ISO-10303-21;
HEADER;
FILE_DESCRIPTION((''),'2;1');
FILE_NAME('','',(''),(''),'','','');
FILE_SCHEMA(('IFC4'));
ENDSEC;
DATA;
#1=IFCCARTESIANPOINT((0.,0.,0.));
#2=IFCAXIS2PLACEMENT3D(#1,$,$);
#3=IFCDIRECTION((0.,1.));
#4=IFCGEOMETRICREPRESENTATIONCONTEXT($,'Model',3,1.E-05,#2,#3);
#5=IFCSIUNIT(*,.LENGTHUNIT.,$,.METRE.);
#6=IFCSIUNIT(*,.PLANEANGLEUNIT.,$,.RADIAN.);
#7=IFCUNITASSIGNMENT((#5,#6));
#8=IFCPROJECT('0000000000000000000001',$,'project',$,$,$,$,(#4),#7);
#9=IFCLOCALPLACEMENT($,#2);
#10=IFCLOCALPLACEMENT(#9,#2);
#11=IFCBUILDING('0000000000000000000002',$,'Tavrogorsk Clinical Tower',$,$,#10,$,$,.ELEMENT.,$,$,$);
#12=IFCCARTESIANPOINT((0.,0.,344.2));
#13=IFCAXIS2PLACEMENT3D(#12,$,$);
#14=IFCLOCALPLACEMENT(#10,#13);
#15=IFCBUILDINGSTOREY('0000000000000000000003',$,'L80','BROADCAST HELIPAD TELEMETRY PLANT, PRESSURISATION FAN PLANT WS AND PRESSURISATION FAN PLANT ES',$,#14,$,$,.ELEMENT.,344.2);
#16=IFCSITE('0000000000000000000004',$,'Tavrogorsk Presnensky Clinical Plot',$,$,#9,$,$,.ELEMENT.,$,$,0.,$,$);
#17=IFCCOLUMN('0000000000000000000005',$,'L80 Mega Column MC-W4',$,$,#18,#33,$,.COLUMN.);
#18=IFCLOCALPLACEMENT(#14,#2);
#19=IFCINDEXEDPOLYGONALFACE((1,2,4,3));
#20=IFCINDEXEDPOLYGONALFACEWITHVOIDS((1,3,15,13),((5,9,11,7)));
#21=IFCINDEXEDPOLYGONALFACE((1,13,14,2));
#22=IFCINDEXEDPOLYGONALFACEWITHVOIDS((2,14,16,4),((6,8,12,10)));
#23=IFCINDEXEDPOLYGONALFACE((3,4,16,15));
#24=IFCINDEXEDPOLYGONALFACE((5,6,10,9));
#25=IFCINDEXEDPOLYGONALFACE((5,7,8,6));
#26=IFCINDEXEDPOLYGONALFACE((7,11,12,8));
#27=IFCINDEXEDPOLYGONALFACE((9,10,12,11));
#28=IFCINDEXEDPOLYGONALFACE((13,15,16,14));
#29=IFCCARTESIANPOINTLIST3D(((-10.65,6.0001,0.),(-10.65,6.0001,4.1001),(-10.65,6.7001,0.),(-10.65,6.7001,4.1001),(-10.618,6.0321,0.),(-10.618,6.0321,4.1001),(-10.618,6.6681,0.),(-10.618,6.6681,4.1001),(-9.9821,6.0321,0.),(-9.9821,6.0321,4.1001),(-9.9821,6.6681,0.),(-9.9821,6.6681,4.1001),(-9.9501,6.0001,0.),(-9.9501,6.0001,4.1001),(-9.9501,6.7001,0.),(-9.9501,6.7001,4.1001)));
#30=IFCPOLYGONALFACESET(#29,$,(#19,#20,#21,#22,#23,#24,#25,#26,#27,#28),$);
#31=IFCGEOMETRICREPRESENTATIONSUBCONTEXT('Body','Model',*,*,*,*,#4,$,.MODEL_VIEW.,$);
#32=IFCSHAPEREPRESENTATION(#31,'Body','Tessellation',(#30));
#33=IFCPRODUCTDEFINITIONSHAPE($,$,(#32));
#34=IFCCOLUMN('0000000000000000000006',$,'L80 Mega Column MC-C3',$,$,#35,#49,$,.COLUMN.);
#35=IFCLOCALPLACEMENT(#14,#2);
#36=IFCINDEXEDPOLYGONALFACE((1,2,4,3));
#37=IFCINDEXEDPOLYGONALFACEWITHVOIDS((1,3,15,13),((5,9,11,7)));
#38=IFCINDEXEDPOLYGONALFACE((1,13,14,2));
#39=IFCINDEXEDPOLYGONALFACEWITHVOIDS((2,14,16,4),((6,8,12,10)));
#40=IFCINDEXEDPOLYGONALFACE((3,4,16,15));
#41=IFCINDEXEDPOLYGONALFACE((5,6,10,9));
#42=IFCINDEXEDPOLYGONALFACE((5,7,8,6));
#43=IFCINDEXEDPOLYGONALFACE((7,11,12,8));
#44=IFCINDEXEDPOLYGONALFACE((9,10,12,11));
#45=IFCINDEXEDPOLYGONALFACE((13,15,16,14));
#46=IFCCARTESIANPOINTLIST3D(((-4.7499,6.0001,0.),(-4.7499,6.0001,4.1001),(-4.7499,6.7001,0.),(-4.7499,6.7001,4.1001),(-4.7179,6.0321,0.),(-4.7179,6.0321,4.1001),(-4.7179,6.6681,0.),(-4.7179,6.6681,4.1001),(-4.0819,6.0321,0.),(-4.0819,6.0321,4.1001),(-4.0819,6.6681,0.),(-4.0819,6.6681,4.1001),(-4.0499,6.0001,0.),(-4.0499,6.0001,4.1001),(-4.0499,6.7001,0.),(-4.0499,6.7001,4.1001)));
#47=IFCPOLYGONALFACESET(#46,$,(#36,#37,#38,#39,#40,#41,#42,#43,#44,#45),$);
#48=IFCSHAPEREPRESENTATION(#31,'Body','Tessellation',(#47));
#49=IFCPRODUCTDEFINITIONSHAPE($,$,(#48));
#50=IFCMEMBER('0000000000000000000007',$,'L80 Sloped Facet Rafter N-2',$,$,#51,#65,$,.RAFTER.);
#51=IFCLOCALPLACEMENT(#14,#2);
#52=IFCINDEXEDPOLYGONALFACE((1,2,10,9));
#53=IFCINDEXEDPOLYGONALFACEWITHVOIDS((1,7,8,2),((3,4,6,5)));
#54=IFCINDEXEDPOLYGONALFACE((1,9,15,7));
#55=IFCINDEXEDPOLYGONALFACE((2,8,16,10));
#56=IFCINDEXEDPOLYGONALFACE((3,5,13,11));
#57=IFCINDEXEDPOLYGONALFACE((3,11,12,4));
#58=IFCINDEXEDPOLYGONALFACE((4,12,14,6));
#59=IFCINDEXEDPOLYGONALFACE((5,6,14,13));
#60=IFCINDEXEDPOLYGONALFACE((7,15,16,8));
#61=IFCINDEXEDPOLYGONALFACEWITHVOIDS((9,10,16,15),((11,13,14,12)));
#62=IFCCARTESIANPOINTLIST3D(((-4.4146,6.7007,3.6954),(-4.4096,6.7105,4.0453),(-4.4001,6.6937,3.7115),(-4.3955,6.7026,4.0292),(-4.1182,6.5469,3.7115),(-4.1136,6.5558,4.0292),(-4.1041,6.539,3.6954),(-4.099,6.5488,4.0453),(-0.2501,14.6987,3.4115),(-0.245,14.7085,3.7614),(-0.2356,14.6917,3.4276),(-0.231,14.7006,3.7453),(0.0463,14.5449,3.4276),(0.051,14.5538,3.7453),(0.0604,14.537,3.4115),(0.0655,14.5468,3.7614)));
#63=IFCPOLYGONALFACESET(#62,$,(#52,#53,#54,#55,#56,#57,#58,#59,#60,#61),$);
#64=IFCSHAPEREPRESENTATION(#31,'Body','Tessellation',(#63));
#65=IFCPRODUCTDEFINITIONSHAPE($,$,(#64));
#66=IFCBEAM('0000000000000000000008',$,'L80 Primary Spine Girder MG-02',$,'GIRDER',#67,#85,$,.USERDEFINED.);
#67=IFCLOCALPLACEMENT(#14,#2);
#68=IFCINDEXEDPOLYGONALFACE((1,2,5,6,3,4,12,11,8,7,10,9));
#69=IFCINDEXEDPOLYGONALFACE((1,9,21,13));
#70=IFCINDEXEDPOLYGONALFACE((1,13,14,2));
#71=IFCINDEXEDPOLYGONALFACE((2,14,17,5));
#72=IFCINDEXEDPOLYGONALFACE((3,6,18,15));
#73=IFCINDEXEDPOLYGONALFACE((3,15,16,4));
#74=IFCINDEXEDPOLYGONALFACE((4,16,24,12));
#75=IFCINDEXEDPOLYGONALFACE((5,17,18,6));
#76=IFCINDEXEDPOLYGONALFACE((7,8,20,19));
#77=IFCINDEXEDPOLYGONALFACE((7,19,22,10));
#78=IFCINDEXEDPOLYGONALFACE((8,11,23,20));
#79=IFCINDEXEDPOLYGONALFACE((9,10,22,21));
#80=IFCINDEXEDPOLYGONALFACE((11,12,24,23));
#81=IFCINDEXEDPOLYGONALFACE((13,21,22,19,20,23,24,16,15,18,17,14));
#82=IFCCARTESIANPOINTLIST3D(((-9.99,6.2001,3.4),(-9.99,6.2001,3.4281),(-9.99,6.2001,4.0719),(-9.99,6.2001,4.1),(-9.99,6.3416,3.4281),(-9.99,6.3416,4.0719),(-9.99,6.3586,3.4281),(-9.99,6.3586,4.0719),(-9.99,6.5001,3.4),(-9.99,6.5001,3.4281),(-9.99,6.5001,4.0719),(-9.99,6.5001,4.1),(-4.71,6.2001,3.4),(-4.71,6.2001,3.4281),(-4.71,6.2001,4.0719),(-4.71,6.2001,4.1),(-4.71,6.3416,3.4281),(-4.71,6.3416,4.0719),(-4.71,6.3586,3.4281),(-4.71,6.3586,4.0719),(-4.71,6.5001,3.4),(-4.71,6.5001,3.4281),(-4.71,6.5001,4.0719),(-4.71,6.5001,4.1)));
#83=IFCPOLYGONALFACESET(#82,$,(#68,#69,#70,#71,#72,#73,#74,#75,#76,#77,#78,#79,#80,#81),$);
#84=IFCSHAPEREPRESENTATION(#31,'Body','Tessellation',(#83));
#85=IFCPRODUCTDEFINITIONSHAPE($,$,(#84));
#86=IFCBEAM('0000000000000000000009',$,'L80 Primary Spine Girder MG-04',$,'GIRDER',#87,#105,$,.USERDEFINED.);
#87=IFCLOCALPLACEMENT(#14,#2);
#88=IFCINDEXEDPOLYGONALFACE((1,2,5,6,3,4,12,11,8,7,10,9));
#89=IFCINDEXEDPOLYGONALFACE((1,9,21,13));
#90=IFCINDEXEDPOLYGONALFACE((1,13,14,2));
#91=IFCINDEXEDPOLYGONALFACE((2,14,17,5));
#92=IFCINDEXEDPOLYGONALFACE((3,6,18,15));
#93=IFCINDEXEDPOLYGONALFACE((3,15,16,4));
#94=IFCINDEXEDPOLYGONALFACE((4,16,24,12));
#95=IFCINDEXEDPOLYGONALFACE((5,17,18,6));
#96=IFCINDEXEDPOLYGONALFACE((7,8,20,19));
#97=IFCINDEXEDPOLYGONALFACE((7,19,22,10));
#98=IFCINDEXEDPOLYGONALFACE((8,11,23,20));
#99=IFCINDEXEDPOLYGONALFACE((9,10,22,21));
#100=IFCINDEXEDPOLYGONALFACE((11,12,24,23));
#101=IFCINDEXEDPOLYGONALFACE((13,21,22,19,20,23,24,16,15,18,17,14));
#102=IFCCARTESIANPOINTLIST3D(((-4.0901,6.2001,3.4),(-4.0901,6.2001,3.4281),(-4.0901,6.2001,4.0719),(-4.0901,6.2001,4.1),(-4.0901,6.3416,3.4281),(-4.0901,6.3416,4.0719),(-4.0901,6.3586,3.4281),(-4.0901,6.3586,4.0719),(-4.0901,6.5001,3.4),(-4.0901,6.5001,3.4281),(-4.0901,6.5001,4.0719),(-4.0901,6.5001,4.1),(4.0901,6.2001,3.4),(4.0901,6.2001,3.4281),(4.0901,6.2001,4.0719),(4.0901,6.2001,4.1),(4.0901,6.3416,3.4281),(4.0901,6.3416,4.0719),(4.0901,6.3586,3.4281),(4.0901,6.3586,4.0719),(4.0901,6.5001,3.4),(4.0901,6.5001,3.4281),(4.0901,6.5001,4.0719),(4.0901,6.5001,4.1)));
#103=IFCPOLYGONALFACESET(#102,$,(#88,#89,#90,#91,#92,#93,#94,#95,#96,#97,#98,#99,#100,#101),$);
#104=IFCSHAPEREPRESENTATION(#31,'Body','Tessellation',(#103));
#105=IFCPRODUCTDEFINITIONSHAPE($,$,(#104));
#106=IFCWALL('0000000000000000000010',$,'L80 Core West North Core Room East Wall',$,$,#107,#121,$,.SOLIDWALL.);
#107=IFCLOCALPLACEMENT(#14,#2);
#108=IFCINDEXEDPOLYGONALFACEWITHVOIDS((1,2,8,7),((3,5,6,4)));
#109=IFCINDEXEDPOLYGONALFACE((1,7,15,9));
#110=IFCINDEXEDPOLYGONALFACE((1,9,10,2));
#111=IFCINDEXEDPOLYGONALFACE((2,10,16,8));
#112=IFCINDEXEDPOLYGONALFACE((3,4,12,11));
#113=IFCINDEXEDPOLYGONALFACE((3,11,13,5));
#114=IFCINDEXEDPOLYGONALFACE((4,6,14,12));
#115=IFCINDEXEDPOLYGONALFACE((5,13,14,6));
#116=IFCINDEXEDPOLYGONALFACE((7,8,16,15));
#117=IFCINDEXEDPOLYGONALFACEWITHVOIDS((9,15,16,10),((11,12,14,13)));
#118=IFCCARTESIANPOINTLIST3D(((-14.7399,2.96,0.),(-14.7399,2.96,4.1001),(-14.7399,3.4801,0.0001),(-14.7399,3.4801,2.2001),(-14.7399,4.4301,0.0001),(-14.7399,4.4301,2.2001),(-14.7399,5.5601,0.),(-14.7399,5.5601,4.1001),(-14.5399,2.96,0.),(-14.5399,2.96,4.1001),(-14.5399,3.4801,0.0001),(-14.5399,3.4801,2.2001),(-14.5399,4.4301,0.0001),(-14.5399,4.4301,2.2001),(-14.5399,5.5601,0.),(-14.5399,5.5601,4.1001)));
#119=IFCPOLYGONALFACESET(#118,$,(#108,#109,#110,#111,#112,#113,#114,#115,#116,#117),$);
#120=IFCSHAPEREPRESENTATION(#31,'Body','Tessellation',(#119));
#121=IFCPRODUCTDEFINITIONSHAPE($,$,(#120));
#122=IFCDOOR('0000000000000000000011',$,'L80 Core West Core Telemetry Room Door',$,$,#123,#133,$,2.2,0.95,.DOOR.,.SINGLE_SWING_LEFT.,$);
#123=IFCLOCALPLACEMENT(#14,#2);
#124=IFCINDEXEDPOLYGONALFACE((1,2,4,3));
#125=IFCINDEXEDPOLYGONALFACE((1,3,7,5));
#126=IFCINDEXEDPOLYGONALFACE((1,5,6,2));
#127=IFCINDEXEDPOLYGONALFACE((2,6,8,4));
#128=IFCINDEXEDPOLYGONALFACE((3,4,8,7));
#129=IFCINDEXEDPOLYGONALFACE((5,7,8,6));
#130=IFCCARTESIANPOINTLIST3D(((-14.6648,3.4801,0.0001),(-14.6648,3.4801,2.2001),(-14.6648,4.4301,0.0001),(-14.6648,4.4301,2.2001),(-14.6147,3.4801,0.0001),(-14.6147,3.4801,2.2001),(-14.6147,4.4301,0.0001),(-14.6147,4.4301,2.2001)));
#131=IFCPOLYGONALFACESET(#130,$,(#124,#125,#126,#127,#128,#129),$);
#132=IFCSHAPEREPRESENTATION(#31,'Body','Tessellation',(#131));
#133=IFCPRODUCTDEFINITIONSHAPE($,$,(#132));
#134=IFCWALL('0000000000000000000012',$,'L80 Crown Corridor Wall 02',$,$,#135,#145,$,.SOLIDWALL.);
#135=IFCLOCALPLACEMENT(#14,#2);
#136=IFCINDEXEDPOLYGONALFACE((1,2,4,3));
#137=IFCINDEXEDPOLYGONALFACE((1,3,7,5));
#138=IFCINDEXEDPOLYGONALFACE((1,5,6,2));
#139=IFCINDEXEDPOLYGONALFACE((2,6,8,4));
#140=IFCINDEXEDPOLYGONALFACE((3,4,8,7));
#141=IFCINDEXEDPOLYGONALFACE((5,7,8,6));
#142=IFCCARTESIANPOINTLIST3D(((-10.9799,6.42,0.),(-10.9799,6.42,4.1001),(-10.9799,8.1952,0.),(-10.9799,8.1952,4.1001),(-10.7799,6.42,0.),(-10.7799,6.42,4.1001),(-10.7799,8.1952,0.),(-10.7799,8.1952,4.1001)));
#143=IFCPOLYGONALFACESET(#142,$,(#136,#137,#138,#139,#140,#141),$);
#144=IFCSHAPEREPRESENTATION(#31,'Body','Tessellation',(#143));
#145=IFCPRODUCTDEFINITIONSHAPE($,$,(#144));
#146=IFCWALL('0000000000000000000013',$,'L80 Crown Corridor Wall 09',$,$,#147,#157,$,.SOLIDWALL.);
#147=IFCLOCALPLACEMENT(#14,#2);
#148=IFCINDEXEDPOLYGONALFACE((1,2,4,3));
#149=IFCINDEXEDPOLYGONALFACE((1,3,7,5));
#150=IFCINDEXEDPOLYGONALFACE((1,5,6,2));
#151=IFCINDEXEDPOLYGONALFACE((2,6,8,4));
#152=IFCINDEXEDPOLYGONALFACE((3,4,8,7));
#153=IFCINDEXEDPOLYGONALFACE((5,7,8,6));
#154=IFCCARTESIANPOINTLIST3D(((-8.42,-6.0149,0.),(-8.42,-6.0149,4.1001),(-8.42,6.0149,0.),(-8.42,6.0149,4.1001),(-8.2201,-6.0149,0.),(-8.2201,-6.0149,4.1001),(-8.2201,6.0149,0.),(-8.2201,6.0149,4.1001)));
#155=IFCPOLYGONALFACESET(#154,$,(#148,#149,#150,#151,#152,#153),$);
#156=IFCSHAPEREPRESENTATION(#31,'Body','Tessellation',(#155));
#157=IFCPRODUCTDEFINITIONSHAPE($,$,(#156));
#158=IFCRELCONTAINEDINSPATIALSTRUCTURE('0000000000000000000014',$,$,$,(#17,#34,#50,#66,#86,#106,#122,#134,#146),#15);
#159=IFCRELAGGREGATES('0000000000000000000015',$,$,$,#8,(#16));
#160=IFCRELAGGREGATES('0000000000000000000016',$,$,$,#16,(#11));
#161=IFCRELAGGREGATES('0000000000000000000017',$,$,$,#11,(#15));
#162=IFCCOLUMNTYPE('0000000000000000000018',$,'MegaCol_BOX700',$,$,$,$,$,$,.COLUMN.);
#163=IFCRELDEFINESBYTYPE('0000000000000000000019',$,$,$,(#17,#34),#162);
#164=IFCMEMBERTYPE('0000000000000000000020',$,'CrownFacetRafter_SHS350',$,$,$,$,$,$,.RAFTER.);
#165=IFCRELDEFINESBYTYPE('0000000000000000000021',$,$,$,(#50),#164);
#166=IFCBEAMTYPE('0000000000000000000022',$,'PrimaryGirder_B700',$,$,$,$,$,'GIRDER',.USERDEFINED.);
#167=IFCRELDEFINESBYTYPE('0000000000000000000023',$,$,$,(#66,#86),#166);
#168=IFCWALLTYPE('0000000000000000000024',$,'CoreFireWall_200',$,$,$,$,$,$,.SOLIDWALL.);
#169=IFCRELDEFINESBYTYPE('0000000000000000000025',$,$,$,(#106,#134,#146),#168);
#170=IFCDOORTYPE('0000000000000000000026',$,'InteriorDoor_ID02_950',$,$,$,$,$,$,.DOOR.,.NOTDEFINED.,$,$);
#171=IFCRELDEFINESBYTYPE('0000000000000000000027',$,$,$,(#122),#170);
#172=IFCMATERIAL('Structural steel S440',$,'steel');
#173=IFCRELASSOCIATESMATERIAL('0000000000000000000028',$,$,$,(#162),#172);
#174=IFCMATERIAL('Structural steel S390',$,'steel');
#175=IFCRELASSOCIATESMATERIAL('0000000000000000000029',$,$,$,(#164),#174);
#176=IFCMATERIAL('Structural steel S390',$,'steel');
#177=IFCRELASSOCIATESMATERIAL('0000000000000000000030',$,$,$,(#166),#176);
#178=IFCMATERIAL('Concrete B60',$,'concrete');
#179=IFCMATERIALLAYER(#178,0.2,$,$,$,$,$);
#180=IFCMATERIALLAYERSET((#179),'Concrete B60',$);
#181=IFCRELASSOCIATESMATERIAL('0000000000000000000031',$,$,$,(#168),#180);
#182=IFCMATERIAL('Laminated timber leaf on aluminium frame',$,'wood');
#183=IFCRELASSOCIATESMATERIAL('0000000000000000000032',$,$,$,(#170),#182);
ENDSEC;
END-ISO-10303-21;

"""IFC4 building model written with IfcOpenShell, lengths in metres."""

from ifc_helpers import new_model, si_unit, direction, frame, frame_2d, origin, origin_2d, place, context, subcontext, project, spatial, rectangle, hollow_rectangle, i_section, extrude, material, layer, layer_set, material_profile, profile_set, type_object, element, fill, save


model = new_model("IFC4")

# Units and contexts
model_context = context("Model", 3, precision=1e-05, world=origin(), true_north=direction((0.0, 1.0)))
body_context = subcontext(model_context, "Body", "Model", "MODEL_VIEW")
ifc_project = project(units=[si_unit("LENGTHUNIT", "METRE"), si_unit("PLANEANGLEUNIT", "RADIAN")], contexts=[model_context])

# Site, building, storey
site_placement = place(None, origin())
site = spatial("IfcSite", under=ifc_project, at=site_placement, Name="Tavrogorsk Presnensky Clinical Plot", CompositionType="ELEMENT", RefElevation=0.0)
building_placement = place(site_placement, origin())
building = spatial("IfcBuilding", under=site, at=building_placement, Name="Tavrogorsk Clinical Tower", CompositionType="ELEMENT")
storey_placement = place(building_placement, frame((0.0, 0.0, 344.2)))
storey = spatial("IfcBuildingStorey", under=building, at=storey_placement, Name="L80", Description="BROADCAST HELIPAD TELEMETRY PLANT, PRESSURISATION FAN PLANT WS AND PRESSURISATION FAN PLANT ES", CompositionType="ELEMENT", Elevation=344.2)

# Columns
ifc_material_1 = material(Name="Structural steel S440", Category="steel")
ifc_material_profile_1 = material_profile(ifc_material_1, hollow_rectangle(XDim=0.7, YDim=0.7, WallThickness=0.032, at=origin_2d()), Name="BOX-700x700x32")
ifc_profile_set_1 = profile_set([ifc_material_profile_1], Name="Structural steel S440")
column_type = type_object("IfcColumnType", Name="MegaCol_BOX700", PredefinedType="COLUMN", material=ifc_profile_set_1)
for number, where, z_axis, x_axis, name in (
    (1, (-10.3, 6.3501, 0.0), (0.0, 0.0, 1.0), (1.0, 0.0, 0.0), "L80 Mega Column MC-W4"),
    (2, (-4.3999, 6.3501, 0.0), (0.0, 0.0, 1.0), (1.0, 0.0, 0.0), "L80 Mega Column MC-C3"),
):
    element("IfcColumn", number, at=place(storey_placement, frame(where, z_axis=z_axis, x_axis=x_axis)), inside=storey, type_object=column_type, Name=name, PredefinedType="COLUMN", context=body_context, shape_type="SweptSolid", body=[
        extrude(hollow_rectangle(XDim=0.7, YDim=0.7, WallThickness=0.032, at=origin_2d()), origin(), (0.0, 0.0, 1.0), 4.1001),
    ])

# Member
ifc_material_2 = material(Name="Structural steel S390", Category="steel")
ifc_material_profile_2 = material_profile(ifc_material_2, hollow_rectangle(XDim=0.3501, YDim=0.3501, WallThickness=0.0161, at=origin_2d()), Name="SHS-350x350x16")
ifc_profile_set_2 = profile_set([ifc_material_profile_2], Name="Structural steel S390")
member_type = type_object("IfcMemberType", Name="CrownFacetRafter_SHS350", PredefinedType="RAFTER", material=ifc_profile_set_2)
member_placement = place(storey_placement, frame((-4.2568, 6.6248, 3.8704), z_axis=(0.46161, 0.886525, -0.031472), x_axis=(-0.886964, 0.461839, 0.0)))
element("IfcMember", 3, at=member_placement, inside=storey, type_object=member_type, Name="L80 Sloped Facet Rafter N-2", PredefinedType="RAFTER", context=body_context, shape_type="SweptSolid", body=[
    extrude(hollow_rectangle(XDim=0.3501, YDim=0.3501, WallThickness=0.0161, at=origin_2d()), origin(), (0.0, 0.0, 1.0), 9.0217),
])

# Beams
ifc_material_3 = material(Name="Structural steel S390", Category="steel")
ifc_material_profile_3 = material_profile(ifc_material_3, i_section(OverallWidth=0.3, OverallDepth=0.7, WebThickness=0.0171, FlangeThickness=0.0281, at=origin_2d()), Name="B-700x300x17x28")
ifc_profile_set_3 = profile_set([ifc_material_profile_3], Name="Structural steel S390")
beam_type = type_object("IfcBeamType", Name="PrimaryGirder_B700", ElementType="GIRDER", PredefinedType="USERDEFINED", material=ifc_profile_set_3)
beam_1_placement = place(storey_placement, frame((-9.99, 6.3501, 3.75), z_axis=(1.0, 0.0, 0.0), x_axis=(0.0, 1.0, 0.0)))
element("IfcBeam", 4, at=beam_1_placement, inside=storey, type_object=beam_type, Name="L80 Primary Spine Girder MG-02", ObjectType="GIRDER", PredefinedType="USERDEFINED", context=body_context, shape_type="SweptSolid", body=[
    extrude(i_section(OverallWidth=0.3, OverallDepth=0.7, WebThickness=0.0171, FlangeThickness=0.0281, at=origin_2d()), origin(), (0.0, 0.0, 1.0), 5.28),
])
beam_2_placement = place(storey_placement, frame((-4.0901, 6.3501, 3.75), z_axis=(1.0, 0.0, 0.0), x_axis=(0.0, 1.0, 0.0)))
element("IfcBeam", 5, at=beam_2_placement, inside=storey, type_object=beam_type, Name="L80 Primary Spine Girder MG-04", ObjectType="GIRDER", PredefinedType="USERDEFINED", context=body_context, shape_type="SweptSolid", body=[
    extrude(i_section(OverallWidth=0.3, OverallDepth=0.7, WebThickness=0.0171, FlangeThickness=0.0281, at=origin_2d()), origin(), (0.0, 0.0, 1.0), 8.1802),
])

# Wall, opening, door
ifc_material_4 = material(Name="Concrete B60", Category="concrete")
ifc_layer_1 = layer(ifc_material_4, 0.2)
ifc_layer_set_1 = layer_set([ifc_layer_1], Name="Concrete B60")
wall_type_1 = type_object("IfcWallType", Name="CoreFireWall_200", PredefinedType="SOLIDWALL", material=ifc_layer_set_1)
wall_1_placement = place(storey_placement, frame((-14.6399, 2.96, 0.0), z_axis=(0.0, 0.0, 1.0), x_axis=(0.0, 1.0, 0.0)))
wall_1 = element("IfcWall", 6, at=wall_1_placement, inside=storey, type_object=wall_type_1, Name="L80 Core West North Core Room East Wall", PredefinedType="SOLIDWALL", context=body_context, shape_type="SweptSolid", body=[
    extrude(rectangle(XDim=2.6001, YDim=0.2, at=frame_2d((1.3, 0.0))), origin(), (0.0, 0.0, 1.0), 4.1001),
])
opening_1_placement = place(wall_1_placement, frame((0.52, 0.0, 0.0)))
opening_1 = element("IfcOpeningElement", 7, at=opening_1_placement, cuts=wall_1, PredefinedType="OPENING", context=body_context, shape_type="SweptSolid", body=[
    extrude(rectangle(XDim=0.95, YDim=2.2, at=frame_2d((0.4751, 1.1001))), frame((0.0, 0.1099, 0.0), z_axis=(0.0, -1.0, 0.0), x_axis=(1.0, 0.0, 0.0)), (0.0, 0.0, 1.0), 0.22),
])
ifc_material_5 = material(Name="Laminated timber leaf on aluminium frame", Category="wood")
door_type_1 = type_object("IfcDoorType", Name="InteriorDoor_ID02_950", OperationType="NOTDEFINED", PredefinedType="DOOR", material=ifc_material_5)
door_1_placement = place(opening_1_placement, origin())
door_1 = element("IfcDoor", 8, at=door_1_placement, inside=storey, type_object=door_type_1, Name="L80 Core West Core Telemetry Room Door", OperationType="SINGLE_SWING_LEFT", OverallHeight=2.2, OverallWidth=0.95, PredefinedType="DOOR", context=body_context, shape_type="SweptSolid", body=[
    extrude(rectangle(XDim=0.95, YDim=2.2, at=frame_2d((0.4751, 1.1001))), frame((0.0, 0.0249, 0.0), z_axis=(0.0, -1.0, 0.0), x_axis=(1.0, 0.0, 0.0)), (0.0, 0.0, 1.0), 0.05),
])
fill(opening_1, door_1)

# Walls
wall_2_placement = place(storey_placement, frame((-10.8799, 6.4199, 0.0), z_axis=(0.0, 0.0, 1.0), x_axis=(0.0, 1.0, 0.0)))
element("IfcWall", 9, at=wall_2_placement, inside=storey, type_object=wall_type_1, Name="L80 Crown Corridor Wall 02", PredefinedType="SOLIDWALL", context=body_context, shape_type="SweptSolid", body=[
    extrude(rectangle(XDim=1.7751, YDim=0.2, at=frame_2d((0.8877, 0.0))), origin(), (0.0, 0.0, 1.0), 4.1001),
])
wall_3_placement = place(storey_placement, frame((-8.3201, 6.0149, 0.0), z_axis=(0.0, 0.0, 1.0), x_axis=(0.0, -1.0, 0.0)))
element("IfcWall", 10, at=wall_3_placement, inside=storey, type_object=wall_type_1, Name="L80 Crown Corridor Wall 09", PredefinedType="SOLIDWALL", context=body_context, shape_type="SweptSolid", body=[
    extrude(rectangle(XDim=12.0298, YDim=0.2, at=frame_2d((6.0149, 0.0))), origin(), (0.0, 0.0, 1.0), 4.1001),
])

save(model, "model.ifc")
